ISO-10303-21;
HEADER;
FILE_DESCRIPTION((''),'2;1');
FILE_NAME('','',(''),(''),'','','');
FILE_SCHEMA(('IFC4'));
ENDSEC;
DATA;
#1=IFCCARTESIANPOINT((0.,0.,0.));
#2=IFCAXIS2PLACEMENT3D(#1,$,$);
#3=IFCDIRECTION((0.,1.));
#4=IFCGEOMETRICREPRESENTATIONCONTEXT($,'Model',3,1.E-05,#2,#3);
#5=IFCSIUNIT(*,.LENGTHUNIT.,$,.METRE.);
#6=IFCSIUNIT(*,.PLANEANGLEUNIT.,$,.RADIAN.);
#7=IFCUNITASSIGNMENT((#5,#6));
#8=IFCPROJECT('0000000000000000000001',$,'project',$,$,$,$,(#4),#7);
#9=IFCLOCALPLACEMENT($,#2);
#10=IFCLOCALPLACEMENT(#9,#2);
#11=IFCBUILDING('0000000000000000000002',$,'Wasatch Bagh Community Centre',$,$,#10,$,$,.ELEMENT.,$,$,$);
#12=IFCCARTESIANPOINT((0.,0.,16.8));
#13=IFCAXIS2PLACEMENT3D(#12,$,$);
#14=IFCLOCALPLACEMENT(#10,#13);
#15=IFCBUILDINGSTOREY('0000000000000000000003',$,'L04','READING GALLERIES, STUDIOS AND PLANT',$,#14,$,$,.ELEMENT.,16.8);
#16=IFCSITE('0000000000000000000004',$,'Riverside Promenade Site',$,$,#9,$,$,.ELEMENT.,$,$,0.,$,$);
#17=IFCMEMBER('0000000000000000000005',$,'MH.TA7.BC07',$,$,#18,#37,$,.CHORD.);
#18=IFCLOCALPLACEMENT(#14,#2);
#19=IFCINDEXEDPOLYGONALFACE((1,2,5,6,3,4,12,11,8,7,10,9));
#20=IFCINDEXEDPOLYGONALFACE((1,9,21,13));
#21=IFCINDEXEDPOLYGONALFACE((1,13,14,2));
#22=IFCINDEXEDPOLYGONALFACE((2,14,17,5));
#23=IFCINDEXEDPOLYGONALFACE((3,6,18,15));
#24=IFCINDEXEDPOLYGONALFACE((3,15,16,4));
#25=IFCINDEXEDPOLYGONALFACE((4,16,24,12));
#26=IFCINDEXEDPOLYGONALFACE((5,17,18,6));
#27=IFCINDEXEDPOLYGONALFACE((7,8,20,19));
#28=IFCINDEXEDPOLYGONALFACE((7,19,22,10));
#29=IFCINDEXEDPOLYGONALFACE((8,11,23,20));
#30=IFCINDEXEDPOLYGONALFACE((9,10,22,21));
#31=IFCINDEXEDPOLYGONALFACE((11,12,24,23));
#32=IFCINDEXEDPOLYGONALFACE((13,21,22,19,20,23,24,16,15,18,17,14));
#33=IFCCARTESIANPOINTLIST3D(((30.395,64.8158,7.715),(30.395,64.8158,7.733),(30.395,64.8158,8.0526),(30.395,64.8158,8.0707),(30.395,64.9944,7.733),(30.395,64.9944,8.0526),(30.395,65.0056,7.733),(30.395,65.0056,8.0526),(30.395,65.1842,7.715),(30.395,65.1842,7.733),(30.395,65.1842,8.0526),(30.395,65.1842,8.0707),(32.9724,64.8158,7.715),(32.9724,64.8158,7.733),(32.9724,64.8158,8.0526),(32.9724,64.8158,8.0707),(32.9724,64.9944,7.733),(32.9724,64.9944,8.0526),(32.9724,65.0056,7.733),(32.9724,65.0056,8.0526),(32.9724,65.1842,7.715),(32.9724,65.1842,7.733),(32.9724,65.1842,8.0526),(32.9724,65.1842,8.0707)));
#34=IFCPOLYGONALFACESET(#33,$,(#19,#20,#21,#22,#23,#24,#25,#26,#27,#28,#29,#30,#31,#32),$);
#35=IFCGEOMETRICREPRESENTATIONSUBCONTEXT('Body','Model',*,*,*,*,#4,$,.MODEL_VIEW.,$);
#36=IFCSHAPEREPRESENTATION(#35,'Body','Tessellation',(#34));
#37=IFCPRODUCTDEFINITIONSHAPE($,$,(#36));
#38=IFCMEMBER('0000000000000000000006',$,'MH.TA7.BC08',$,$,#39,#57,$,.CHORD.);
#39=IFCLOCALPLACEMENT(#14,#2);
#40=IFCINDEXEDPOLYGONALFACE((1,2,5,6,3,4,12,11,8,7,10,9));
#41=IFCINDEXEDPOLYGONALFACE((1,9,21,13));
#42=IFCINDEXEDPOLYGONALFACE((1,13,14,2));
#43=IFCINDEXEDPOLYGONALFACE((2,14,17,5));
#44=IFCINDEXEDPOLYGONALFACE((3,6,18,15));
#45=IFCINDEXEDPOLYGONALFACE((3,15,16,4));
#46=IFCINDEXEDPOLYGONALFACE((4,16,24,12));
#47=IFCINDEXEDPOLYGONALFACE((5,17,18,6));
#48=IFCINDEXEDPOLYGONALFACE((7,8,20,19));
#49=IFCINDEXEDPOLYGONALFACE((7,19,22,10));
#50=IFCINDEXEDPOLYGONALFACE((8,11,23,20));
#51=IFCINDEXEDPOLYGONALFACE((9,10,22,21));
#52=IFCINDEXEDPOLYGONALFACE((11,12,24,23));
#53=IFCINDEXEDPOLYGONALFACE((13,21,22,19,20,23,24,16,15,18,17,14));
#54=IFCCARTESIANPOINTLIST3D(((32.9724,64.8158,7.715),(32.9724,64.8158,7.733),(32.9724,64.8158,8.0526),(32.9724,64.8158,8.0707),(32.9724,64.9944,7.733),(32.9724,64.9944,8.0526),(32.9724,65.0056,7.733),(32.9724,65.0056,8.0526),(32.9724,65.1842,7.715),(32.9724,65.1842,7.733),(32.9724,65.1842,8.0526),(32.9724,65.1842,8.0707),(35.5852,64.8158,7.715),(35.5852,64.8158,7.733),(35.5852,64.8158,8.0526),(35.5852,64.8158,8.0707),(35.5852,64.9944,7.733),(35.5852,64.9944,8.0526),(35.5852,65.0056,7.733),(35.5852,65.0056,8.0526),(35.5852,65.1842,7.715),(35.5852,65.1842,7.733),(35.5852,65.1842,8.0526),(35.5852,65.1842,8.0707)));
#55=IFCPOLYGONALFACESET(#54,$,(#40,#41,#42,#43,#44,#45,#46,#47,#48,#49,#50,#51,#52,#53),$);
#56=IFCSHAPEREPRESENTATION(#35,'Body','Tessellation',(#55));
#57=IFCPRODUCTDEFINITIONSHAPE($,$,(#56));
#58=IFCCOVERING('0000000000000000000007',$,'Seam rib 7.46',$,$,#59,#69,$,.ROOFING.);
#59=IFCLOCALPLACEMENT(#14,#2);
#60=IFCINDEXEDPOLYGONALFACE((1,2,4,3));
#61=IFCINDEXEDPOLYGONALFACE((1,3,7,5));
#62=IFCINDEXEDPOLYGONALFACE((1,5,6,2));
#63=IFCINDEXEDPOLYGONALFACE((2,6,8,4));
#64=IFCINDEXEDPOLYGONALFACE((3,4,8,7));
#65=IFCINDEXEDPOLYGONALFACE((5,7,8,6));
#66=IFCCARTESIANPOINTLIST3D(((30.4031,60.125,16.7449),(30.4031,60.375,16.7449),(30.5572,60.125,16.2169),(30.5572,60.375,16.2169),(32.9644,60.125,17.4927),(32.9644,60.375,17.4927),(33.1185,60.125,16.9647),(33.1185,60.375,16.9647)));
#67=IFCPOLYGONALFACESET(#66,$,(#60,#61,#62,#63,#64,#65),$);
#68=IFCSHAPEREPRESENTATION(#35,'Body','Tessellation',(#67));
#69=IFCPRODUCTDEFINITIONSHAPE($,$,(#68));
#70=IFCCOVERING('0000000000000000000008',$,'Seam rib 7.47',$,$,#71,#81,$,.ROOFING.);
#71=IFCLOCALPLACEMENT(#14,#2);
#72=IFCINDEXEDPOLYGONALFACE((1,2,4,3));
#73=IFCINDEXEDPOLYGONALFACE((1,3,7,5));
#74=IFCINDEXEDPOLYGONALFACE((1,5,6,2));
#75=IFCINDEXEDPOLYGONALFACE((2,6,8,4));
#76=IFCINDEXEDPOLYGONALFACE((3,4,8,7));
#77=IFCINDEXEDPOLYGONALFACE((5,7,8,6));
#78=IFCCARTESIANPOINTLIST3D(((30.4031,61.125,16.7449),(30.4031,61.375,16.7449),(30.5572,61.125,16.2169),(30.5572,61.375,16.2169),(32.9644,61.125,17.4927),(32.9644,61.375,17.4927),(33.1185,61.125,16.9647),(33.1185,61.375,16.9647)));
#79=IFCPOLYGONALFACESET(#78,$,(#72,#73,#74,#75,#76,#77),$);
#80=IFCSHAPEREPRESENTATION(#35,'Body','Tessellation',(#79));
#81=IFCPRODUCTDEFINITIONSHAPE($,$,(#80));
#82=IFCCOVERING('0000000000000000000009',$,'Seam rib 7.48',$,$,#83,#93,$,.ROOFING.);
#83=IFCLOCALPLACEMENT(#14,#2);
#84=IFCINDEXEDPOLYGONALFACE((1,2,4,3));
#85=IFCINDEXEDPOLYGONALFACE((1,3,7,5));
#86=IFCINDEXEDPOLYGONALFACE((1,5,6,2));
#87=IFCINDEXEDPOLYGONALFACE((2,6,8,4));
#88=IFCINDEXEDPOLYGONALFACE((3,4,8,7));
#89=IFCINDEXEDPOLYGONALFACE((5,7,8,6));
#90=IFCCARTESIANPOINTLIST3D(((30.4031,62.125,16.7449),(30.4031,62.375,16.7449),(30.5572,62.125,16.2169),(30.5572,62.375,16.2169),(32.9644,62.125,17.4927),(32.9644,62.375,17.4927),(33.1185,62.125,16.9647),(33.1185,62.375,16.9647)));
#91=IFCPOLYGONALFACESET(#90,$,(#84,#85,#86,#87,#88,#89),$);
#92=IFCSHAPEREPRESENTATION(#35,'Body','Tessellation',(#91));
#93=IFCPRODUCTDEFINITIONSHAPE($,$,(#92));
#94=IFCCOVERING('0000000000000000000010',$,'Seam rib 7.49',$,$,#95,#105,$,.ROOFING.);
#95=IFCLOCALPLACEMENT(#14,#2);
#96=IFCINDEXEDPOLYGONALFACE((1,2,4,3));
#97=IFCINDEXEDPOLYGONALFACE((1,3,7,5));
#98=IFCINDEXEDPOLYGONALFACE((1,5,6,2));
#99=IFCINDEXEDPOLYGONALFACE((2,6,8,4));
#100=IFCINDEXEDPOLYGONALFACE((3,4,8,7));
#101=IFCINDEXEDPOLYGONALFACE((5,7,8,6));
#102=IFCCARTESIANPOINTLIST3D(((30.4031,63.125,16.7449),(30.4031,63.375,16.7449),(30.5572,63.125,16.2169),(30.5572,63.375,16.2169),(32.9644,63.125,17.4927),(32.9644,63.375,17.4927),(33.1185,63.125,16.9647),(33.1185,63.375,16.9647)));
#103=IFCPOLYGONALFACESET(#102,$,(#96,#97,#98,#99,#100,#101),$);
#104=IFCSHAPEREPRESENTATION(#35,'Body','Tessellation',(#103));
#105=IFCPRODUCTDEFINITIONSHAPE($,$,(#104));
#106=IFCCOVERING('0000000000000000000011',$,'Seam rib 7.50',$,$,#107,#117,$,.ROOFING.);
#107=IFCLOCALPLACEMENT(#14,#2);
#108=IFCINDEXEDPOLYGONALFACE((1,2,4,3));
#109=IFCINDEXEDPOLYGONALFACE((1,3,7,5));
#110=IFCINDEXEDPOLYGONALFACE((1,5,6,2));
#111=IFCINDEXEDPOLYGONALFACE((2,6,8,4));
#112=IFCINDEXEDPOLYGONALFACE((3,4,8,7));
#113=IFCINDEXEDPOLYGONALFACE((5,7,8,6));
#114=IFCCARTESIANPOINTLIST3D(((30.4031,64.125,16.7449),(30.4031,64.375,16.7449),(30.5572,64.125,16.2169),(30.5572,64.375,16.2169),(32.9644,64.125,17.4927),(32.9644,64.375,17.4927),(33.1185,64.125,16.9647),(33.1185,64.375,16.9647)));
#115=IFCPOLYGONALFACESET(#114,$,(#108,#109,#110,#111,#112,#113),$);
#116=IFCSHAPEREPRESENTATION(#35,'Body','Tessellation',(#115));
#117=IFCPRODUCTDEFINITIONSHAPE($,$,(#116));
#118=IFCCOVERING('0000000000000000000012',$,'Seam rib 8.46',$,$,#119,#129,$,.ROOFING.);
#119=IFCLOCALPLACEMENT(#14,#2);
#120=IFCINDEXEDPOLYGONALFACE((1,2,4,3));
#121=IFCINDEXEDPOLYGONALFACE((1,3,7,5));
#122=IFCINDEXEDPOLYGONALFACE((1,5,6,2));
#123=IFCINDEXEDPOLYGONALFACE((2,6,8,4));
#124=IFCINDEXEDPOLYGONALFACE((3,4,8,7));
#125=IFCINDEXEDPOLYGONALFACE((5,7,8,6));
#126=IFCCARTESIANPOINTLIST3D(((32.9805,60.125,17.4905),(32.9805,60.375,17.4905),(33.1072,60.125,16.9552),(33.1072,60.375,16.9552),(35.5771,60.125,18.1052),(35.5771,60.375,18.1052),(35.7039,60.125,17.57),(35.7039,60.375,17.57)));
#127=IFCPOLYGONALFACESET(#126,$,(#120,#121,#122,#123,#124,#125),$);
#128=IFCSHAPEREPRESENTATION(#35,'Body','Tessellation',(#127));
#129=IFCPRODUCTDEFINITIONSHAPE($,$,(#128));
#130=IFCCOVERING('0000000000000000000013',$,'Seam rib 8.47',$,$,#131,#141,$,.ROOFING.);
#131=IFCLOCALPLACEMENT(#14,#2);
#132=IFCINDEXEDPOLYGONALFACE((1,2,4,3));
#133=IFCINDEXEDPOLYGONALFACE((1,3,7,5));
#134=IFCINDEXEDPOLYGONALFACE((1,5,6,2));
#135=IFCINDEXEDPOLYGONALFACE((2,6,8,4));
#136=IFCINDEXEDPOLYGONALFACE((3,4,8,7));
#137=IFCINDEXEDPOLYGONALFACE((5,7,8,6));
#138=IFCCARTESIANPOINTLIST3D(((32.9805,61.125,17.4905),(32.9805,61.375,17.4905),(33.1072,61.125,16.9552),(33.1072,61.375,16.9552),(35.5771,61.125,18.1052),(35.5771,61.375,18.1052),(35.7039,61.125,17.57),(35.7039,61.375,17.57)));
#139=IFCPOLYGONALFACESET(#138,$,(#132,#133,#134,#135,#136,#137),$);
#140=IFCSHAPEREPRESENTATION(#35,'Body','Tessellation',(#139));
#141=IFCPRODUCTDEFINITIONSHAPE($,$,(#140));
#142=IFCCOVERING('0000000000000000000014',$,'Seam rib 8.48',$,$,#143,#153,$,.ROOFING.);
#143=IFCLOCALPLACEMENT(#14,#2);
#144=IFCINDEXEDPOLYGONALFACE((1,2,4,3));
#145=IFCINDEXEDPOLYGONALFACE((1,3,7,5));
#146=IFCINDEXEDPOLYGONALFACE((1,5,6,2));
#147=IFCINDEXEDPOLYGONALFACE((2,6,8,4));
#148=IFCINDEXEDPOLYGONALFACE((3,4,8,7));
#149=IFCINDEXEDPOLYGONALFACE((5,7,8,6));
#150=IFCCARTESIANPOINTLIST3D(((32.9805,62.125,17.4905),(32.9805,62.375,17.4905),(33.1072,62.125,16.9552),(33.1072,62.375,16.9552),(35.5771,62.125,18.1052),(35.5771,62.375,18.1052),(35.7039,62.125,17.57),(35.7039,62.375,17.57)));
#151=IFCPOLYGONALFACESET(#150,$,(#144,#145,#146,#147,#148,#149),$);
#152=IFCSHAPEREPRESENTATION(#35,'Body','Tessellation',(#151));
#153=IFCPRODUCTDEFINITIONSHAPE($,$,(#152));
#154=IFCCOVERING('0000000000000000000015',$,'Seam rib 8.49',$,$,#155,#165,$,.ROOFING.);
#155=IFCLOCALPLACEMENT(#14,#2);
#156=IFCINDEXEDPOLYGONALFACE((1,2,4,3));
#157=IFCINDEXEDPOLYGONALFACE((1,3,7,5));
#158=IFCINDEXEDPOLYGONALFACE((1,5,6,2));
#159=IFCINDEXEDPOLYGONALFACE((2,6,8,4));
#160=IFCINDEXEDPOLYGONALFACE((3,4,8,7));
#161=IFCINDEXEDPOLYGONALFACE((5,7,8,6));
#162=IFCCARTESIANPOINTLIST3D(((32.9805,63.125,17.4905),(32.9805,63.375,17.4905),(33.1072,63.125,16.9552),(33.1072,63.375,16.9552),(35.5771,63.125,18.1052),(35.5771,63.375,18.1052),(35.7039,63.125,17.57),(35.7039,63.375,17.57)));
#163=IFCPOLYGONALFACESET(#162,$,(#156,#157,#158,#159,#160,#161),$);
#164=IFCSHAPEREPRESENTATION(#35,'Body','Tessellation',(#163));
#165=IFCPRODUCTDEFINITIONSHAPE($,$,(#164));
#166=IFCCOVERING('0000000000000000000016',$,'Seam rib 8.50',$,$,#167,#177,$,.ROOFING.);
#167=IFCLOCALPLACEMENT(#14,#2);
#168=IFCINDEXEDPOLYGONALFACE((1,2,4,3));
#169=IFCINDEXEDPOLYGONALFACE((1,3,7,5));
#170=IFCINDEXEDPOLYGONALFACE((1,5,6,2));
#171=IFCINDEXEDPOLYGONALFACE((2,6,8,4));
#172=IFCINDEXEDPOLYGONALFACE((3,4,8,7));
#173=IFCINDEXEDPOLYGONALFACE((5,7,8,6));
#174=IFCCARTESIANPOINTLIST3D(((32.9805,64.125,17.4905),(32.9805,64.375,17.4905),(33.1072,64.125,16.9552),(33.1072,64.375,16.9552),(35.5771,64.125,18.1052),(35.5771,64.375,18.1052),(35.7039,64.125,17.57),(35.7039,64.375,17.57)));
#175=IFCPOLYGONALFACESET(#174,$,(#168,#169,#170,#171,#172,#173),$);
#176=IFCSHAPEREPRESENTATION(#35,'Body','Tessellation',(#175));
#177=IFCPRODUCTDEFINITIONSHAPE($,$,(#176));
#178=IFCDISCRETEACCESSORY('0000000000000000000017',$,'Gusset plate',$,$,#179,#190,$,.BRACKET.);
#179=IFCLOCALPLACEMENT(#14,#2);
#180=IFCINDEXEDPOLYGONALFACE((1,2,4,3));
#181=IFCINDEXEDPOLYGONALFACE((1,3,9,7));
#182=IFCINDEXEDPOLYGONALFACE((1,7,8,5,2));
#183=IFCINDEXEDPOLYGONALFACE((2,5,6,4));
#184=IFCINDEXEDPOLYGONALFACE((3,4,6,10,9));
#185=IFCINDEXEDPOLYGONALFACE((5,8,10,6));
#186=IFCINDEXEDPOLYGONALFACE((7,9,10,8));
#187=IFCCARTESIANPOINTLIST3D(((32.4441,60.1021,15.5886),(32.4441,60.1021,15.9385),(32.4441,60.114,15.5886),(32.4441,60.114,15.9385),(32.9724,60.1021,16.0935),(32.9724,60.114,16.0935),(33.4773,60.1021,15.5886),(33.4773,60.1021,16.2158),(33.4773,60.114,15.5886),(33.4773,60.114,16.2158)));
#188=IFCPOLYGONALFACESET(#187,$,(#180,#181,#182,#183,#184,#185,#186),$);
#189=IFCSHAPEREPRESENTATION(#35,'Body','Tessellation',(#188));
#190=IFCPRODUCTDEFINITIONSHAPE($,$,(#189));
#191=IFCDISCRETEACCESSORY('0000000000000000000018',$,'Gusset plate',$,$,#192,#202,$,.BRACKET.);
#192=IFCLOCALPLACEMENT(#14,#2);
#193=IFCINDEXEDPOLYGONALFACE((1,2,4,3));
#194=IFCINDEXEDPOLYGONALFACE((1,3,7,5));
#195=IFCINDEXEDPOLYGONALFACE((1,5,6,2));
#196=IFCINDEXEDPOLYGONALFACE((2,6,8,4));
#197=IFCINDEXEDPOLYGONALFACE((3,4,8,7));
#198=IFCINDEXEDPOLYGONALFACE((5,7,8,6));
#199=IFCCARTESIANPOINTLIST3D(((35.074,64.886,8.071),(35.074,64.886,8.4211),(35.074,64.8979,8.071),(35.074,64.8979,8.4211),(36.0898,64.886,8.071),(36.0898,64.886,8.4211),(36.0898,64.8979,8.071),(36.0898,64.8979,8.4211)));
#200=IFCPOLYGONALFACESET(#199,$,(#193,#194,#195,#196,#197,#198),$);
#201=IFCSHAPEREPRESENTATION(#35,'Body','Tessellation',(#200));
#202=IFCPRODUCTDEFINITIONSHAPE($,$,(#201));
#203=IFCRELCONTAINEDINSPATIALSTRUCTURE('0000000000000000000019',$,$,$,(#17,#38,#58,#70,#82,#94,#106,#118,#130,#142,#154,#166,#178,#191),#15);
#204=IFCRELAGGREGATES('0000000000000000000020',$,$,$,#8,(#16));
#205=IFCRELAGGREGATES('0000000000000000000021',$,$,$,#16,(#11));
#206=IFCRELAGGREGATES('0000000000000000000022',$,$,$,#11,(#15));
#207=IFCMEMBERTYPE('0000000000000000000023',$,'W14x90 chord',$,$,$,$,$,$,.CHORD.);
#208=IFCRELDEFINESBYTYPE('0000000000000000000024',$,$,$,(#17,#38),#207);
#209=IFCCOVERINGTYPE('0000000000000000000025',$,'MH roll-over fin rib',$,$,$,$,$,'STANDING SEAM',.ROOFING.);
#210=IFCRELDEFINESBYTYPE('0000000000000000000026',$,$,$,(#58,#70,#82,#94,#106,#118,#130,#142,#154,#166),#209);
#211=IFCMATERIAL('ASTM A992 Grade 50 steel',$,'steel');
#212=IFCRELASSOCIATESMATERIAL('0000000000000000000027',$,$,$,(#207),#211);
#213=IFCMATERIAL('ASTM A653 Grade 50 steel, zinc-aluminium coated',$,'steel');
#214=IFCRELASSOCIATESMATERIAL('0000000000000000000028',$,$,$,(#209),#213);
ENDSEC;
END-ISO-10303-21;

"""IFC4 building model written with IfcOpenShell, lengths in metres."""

from ifc_helpers import new_model, si_unit, direction, frame, origin, origin_2d, place, context, subcontext, project, spatial, polyline, i_section, outline, extrude, material, material_profile, profile_set, type_object, element, save


model = new_model("IFC4")

# Units and contexts
model_context = context("Model", 3, precision=1e-05, world=origin(), true_north=direction((0.0, 1.0)))
body_context = subcontext(model_context, "Body", "Model", "MODEL_VIEW")
ifc_project = project(units=[si_unit("LENGTHUNIT", "METRE"), si_unit("PLANEANGLEUNIT", "RADIAN")], contexts=[model_context])

# Site, building, storey
site_placement = place(None, origin())
site = spatial("IfcSite", under=ifc_project, at=site_placement, Name="Riverside Promenade Site", CompositionType="ELEMENT", RefElevation=0.0)
building_placement = place(site_placement, origin())
building = spatial("IfcBuilding", under=site, at=building_placement, Name="Wasatch Bagh Community Centre", CompositionType="ELEMENT")
storey_placement = place(building_placement, frame((0.0, 0.0, 16.8)))
storey = spatial("IfcBuildingStorey", under=building, at=storey_placement, Name="L04", Description="READING GALLERIES, STUDIOS AND PLANT", CompositionType="ELEMENT", Elevation=16.8)

# Members
ifc_material_1 = material(Name="ASTM A992 Grade 50 steel", Category="steel")
ifc_material_profile_1 = material_profile(ifc_material_1, i_section(OverallWidth=0.3684, OverallDepth=0.3557, WebThickness=0.0112, FlangeThickness=0.0181, at=origin_2d()), Name="W14x90")
ifc_profile_set_1 = profile_set([ifc_material_profile_1], Name="ASTM A992 Grade 50 steel")
member_type_1 = type_object("IfcMemberType", Name="W14x90 chord", PredefinedType="CHORD", material=ifc_profile_set_1)
member_1_placement = place(storey_placement, frame((30.395, 65.0, 7.8928), z_axis=(1.0, 0.0, 0.0), x_axis=(0.0, 1.0, 0.0)))
element("IfcMember", 1, at=member_1_placement, inside=storey, type_object=member_type_1, Name="MH.TA7.BC07", PredefinedType="CHORD", context=body_context, shape_type="SweptSolid", body=[
    extrude(i_section(OverallWidth=0.3684, OverallDepth=0.3557, WebThickness=0.0112, FlangeThickness=0.0181, at=origin_2d()), origin(), (0.0, 0.0, 1.0), 2.5774),
])
member_2_placement = place(storey_placement, frame((32.9724, 65.0, 7.8928), z_axis=(1.0, 0.0, 0.0), x_axis=(0.0, 1.0, 0.0)))
element("IfcMember", 2, at=member_2_placement, inside=storey, type_object=member_type_1, Name="MH.TA7.BC08", PredefinedType="CHORD", context=body_context, shape_type="SweptSolid", body=[
    extrude(i_section(OverallWidth=0.3684, OverallDepth=0.3557, WebThickness=0.0112, FlangeThickness=0.0181, at=origin_2d()), origin(), (0.0, 0.0, 1.0), 2.6128),
])

# Coverings
ifc_material_2 = material(Name="ASTM A653 Grade 50 steel, zinc-aluminium coated", Category="steel")
covering_type = type_object("IfcCoveringType", Name="MH roll-over fin rib", ElementType="STANDING SEAM", PredefinedType="ROOFING", material=ifc_material_2)
for number, where, z_axis, x_axis, name in (
    (3, (30.4031, 60.125, 16.7449), (-0.280264, 0.0, 0.959923), (0.959923, 0.0, 0.280264), "Seam rib 7.46"),
    (4, (30.4031, 61.125, 16.7449), (-0.280264, 0.0, 0.959923), (0.959923, 0.0, 0.280264), "Seam rib 7.47"),
    (5, (30.4031, 62.125, 16.7449), (-0.280264, 0.0, 0.959923), (0.959923, 0.0, 0.280264), "Seam rib 7.48"),
    (6, (30.4031, 63.125, 16.7449), (-0.280264, 0.0, 0.959923), (0.959923, 0.0, 0.280264), "Seam rib 7.49"),
    (7, (30.4031, 64.125, 16.7449), (-0.280264, 0.0, 0.959923), (0.959923, 0.0, 0.280264), "Seam rib 7.50"),
):
    element("IfcCovering", number, at=place(storey_placement, frame(where, z_axis=z_axis, x_axis=x_axis)), inside=storey, type_object=covering_type, Name=name, PredefinedType="ROOFING", context=body_context, shape_type="SweptSolid", body=[
        extrude(outline(polyline([(0.0, 0.0), (2.6682, 0.0), (2.6682, 0.25), (0.0, 0.25), (0.0, 0.0)])), origin(), (0.0, 0.0, -1.0), 0.55),
    ])
for number, where, z_axis, x_axis, name in (
    (8, (32.9805, 60.125, 17.4905), (-0.230375, 0.0, 0.973102), (0.973102, 0.0, 0.230375), "Seam rib 8.46"),
    (9, (32.9805, 61.125, 17.4905), (-0.230375, 0.0, 0.973102), (0.973102, 0.0, 0.230375), "Seam rib 8.47"),
    (10, (32.9805, 62.125, 17.4905), (-0.230375, 0.0, 0.973102), (0.973102, 0.0, 0.230375), "Seam rib 8.48"),
    (11, (32.9805, 63.125, 17.4905), (-0.230375, 0.0, 0.973102), (0.973102, 0.0, 0.230375), "Seam rib 8.49"),
    (12, (32.9805, 64.125, 17.4905), (-0.230375, 0.0, 0.973102), (0.973102, 0.0, 0.230375), "Seam rib 8.50"),
):
    element("IfcCovering", number, at=place(storey_placement, frame(where, z_axis=z_axis, x_axis=x_axis)), inside=storey, type_object=covering_type, Name=name, PredefinedType="ROOFING", context=body_context, shape_type="SweptSolid", body=[
        extrude(outline(polyline([(0.0, 0.0), (2.6685, 0.0), (2.6685, 0.25), (0.0, 0.25), (0.0, 0.0)])), origin(), (0.0, 0.0, -1.0), 0.55),
    ])

# Discrete accessories
discrete_accessory_1_placement = place(storey_placement, frame((32.4441, 60.114, 15.9385), z_axis=(0.0, 1.0, 0.0), x_axis=(0.959542, 0.0, 0.281566)))
element("IfcDiscreteAccessory", 13, at=discrete_accessory_1_placement, inside=storey, Name="Gusset plate", PredefinedType="BRACKET", context=body_context, shape_type="SweptSolid", body=[
    extrude(outline(polyline([(0.0, 0.0), (0.5506, 0.0), (1.0695, 0.0248), (0.8929, 0.6266), (-0.0985, 0.3357), (0.0, 0.0)])), origin(), (0.0, 0.0, -1.0), 0.012),
])
discrete_accessory_2_placement = place(storey_placement, frame((35.074, 64.886, 8.071), z_axis=(0.0, -1.0, 0.0), x_axis=(1.0, 0.0, 0.0)))
element("IfcDiscreteAccessory", 14, at=discrete_accessory_2_placement, inside=storey, Name="Gusset plate", PredefinedType="BRACKET", context=body_context, shape_type="SweptSolid", body=[
    extrude(outline(polyline([(0.0, 0.0), (1.0159, 0.0), (1.0159, 0.3501), (0.0, 0.3501), (0.0, 0.0)])), origin(), (0.0, 0.0, -1.0), 0.012),
])

save(model, "model.ifc")
